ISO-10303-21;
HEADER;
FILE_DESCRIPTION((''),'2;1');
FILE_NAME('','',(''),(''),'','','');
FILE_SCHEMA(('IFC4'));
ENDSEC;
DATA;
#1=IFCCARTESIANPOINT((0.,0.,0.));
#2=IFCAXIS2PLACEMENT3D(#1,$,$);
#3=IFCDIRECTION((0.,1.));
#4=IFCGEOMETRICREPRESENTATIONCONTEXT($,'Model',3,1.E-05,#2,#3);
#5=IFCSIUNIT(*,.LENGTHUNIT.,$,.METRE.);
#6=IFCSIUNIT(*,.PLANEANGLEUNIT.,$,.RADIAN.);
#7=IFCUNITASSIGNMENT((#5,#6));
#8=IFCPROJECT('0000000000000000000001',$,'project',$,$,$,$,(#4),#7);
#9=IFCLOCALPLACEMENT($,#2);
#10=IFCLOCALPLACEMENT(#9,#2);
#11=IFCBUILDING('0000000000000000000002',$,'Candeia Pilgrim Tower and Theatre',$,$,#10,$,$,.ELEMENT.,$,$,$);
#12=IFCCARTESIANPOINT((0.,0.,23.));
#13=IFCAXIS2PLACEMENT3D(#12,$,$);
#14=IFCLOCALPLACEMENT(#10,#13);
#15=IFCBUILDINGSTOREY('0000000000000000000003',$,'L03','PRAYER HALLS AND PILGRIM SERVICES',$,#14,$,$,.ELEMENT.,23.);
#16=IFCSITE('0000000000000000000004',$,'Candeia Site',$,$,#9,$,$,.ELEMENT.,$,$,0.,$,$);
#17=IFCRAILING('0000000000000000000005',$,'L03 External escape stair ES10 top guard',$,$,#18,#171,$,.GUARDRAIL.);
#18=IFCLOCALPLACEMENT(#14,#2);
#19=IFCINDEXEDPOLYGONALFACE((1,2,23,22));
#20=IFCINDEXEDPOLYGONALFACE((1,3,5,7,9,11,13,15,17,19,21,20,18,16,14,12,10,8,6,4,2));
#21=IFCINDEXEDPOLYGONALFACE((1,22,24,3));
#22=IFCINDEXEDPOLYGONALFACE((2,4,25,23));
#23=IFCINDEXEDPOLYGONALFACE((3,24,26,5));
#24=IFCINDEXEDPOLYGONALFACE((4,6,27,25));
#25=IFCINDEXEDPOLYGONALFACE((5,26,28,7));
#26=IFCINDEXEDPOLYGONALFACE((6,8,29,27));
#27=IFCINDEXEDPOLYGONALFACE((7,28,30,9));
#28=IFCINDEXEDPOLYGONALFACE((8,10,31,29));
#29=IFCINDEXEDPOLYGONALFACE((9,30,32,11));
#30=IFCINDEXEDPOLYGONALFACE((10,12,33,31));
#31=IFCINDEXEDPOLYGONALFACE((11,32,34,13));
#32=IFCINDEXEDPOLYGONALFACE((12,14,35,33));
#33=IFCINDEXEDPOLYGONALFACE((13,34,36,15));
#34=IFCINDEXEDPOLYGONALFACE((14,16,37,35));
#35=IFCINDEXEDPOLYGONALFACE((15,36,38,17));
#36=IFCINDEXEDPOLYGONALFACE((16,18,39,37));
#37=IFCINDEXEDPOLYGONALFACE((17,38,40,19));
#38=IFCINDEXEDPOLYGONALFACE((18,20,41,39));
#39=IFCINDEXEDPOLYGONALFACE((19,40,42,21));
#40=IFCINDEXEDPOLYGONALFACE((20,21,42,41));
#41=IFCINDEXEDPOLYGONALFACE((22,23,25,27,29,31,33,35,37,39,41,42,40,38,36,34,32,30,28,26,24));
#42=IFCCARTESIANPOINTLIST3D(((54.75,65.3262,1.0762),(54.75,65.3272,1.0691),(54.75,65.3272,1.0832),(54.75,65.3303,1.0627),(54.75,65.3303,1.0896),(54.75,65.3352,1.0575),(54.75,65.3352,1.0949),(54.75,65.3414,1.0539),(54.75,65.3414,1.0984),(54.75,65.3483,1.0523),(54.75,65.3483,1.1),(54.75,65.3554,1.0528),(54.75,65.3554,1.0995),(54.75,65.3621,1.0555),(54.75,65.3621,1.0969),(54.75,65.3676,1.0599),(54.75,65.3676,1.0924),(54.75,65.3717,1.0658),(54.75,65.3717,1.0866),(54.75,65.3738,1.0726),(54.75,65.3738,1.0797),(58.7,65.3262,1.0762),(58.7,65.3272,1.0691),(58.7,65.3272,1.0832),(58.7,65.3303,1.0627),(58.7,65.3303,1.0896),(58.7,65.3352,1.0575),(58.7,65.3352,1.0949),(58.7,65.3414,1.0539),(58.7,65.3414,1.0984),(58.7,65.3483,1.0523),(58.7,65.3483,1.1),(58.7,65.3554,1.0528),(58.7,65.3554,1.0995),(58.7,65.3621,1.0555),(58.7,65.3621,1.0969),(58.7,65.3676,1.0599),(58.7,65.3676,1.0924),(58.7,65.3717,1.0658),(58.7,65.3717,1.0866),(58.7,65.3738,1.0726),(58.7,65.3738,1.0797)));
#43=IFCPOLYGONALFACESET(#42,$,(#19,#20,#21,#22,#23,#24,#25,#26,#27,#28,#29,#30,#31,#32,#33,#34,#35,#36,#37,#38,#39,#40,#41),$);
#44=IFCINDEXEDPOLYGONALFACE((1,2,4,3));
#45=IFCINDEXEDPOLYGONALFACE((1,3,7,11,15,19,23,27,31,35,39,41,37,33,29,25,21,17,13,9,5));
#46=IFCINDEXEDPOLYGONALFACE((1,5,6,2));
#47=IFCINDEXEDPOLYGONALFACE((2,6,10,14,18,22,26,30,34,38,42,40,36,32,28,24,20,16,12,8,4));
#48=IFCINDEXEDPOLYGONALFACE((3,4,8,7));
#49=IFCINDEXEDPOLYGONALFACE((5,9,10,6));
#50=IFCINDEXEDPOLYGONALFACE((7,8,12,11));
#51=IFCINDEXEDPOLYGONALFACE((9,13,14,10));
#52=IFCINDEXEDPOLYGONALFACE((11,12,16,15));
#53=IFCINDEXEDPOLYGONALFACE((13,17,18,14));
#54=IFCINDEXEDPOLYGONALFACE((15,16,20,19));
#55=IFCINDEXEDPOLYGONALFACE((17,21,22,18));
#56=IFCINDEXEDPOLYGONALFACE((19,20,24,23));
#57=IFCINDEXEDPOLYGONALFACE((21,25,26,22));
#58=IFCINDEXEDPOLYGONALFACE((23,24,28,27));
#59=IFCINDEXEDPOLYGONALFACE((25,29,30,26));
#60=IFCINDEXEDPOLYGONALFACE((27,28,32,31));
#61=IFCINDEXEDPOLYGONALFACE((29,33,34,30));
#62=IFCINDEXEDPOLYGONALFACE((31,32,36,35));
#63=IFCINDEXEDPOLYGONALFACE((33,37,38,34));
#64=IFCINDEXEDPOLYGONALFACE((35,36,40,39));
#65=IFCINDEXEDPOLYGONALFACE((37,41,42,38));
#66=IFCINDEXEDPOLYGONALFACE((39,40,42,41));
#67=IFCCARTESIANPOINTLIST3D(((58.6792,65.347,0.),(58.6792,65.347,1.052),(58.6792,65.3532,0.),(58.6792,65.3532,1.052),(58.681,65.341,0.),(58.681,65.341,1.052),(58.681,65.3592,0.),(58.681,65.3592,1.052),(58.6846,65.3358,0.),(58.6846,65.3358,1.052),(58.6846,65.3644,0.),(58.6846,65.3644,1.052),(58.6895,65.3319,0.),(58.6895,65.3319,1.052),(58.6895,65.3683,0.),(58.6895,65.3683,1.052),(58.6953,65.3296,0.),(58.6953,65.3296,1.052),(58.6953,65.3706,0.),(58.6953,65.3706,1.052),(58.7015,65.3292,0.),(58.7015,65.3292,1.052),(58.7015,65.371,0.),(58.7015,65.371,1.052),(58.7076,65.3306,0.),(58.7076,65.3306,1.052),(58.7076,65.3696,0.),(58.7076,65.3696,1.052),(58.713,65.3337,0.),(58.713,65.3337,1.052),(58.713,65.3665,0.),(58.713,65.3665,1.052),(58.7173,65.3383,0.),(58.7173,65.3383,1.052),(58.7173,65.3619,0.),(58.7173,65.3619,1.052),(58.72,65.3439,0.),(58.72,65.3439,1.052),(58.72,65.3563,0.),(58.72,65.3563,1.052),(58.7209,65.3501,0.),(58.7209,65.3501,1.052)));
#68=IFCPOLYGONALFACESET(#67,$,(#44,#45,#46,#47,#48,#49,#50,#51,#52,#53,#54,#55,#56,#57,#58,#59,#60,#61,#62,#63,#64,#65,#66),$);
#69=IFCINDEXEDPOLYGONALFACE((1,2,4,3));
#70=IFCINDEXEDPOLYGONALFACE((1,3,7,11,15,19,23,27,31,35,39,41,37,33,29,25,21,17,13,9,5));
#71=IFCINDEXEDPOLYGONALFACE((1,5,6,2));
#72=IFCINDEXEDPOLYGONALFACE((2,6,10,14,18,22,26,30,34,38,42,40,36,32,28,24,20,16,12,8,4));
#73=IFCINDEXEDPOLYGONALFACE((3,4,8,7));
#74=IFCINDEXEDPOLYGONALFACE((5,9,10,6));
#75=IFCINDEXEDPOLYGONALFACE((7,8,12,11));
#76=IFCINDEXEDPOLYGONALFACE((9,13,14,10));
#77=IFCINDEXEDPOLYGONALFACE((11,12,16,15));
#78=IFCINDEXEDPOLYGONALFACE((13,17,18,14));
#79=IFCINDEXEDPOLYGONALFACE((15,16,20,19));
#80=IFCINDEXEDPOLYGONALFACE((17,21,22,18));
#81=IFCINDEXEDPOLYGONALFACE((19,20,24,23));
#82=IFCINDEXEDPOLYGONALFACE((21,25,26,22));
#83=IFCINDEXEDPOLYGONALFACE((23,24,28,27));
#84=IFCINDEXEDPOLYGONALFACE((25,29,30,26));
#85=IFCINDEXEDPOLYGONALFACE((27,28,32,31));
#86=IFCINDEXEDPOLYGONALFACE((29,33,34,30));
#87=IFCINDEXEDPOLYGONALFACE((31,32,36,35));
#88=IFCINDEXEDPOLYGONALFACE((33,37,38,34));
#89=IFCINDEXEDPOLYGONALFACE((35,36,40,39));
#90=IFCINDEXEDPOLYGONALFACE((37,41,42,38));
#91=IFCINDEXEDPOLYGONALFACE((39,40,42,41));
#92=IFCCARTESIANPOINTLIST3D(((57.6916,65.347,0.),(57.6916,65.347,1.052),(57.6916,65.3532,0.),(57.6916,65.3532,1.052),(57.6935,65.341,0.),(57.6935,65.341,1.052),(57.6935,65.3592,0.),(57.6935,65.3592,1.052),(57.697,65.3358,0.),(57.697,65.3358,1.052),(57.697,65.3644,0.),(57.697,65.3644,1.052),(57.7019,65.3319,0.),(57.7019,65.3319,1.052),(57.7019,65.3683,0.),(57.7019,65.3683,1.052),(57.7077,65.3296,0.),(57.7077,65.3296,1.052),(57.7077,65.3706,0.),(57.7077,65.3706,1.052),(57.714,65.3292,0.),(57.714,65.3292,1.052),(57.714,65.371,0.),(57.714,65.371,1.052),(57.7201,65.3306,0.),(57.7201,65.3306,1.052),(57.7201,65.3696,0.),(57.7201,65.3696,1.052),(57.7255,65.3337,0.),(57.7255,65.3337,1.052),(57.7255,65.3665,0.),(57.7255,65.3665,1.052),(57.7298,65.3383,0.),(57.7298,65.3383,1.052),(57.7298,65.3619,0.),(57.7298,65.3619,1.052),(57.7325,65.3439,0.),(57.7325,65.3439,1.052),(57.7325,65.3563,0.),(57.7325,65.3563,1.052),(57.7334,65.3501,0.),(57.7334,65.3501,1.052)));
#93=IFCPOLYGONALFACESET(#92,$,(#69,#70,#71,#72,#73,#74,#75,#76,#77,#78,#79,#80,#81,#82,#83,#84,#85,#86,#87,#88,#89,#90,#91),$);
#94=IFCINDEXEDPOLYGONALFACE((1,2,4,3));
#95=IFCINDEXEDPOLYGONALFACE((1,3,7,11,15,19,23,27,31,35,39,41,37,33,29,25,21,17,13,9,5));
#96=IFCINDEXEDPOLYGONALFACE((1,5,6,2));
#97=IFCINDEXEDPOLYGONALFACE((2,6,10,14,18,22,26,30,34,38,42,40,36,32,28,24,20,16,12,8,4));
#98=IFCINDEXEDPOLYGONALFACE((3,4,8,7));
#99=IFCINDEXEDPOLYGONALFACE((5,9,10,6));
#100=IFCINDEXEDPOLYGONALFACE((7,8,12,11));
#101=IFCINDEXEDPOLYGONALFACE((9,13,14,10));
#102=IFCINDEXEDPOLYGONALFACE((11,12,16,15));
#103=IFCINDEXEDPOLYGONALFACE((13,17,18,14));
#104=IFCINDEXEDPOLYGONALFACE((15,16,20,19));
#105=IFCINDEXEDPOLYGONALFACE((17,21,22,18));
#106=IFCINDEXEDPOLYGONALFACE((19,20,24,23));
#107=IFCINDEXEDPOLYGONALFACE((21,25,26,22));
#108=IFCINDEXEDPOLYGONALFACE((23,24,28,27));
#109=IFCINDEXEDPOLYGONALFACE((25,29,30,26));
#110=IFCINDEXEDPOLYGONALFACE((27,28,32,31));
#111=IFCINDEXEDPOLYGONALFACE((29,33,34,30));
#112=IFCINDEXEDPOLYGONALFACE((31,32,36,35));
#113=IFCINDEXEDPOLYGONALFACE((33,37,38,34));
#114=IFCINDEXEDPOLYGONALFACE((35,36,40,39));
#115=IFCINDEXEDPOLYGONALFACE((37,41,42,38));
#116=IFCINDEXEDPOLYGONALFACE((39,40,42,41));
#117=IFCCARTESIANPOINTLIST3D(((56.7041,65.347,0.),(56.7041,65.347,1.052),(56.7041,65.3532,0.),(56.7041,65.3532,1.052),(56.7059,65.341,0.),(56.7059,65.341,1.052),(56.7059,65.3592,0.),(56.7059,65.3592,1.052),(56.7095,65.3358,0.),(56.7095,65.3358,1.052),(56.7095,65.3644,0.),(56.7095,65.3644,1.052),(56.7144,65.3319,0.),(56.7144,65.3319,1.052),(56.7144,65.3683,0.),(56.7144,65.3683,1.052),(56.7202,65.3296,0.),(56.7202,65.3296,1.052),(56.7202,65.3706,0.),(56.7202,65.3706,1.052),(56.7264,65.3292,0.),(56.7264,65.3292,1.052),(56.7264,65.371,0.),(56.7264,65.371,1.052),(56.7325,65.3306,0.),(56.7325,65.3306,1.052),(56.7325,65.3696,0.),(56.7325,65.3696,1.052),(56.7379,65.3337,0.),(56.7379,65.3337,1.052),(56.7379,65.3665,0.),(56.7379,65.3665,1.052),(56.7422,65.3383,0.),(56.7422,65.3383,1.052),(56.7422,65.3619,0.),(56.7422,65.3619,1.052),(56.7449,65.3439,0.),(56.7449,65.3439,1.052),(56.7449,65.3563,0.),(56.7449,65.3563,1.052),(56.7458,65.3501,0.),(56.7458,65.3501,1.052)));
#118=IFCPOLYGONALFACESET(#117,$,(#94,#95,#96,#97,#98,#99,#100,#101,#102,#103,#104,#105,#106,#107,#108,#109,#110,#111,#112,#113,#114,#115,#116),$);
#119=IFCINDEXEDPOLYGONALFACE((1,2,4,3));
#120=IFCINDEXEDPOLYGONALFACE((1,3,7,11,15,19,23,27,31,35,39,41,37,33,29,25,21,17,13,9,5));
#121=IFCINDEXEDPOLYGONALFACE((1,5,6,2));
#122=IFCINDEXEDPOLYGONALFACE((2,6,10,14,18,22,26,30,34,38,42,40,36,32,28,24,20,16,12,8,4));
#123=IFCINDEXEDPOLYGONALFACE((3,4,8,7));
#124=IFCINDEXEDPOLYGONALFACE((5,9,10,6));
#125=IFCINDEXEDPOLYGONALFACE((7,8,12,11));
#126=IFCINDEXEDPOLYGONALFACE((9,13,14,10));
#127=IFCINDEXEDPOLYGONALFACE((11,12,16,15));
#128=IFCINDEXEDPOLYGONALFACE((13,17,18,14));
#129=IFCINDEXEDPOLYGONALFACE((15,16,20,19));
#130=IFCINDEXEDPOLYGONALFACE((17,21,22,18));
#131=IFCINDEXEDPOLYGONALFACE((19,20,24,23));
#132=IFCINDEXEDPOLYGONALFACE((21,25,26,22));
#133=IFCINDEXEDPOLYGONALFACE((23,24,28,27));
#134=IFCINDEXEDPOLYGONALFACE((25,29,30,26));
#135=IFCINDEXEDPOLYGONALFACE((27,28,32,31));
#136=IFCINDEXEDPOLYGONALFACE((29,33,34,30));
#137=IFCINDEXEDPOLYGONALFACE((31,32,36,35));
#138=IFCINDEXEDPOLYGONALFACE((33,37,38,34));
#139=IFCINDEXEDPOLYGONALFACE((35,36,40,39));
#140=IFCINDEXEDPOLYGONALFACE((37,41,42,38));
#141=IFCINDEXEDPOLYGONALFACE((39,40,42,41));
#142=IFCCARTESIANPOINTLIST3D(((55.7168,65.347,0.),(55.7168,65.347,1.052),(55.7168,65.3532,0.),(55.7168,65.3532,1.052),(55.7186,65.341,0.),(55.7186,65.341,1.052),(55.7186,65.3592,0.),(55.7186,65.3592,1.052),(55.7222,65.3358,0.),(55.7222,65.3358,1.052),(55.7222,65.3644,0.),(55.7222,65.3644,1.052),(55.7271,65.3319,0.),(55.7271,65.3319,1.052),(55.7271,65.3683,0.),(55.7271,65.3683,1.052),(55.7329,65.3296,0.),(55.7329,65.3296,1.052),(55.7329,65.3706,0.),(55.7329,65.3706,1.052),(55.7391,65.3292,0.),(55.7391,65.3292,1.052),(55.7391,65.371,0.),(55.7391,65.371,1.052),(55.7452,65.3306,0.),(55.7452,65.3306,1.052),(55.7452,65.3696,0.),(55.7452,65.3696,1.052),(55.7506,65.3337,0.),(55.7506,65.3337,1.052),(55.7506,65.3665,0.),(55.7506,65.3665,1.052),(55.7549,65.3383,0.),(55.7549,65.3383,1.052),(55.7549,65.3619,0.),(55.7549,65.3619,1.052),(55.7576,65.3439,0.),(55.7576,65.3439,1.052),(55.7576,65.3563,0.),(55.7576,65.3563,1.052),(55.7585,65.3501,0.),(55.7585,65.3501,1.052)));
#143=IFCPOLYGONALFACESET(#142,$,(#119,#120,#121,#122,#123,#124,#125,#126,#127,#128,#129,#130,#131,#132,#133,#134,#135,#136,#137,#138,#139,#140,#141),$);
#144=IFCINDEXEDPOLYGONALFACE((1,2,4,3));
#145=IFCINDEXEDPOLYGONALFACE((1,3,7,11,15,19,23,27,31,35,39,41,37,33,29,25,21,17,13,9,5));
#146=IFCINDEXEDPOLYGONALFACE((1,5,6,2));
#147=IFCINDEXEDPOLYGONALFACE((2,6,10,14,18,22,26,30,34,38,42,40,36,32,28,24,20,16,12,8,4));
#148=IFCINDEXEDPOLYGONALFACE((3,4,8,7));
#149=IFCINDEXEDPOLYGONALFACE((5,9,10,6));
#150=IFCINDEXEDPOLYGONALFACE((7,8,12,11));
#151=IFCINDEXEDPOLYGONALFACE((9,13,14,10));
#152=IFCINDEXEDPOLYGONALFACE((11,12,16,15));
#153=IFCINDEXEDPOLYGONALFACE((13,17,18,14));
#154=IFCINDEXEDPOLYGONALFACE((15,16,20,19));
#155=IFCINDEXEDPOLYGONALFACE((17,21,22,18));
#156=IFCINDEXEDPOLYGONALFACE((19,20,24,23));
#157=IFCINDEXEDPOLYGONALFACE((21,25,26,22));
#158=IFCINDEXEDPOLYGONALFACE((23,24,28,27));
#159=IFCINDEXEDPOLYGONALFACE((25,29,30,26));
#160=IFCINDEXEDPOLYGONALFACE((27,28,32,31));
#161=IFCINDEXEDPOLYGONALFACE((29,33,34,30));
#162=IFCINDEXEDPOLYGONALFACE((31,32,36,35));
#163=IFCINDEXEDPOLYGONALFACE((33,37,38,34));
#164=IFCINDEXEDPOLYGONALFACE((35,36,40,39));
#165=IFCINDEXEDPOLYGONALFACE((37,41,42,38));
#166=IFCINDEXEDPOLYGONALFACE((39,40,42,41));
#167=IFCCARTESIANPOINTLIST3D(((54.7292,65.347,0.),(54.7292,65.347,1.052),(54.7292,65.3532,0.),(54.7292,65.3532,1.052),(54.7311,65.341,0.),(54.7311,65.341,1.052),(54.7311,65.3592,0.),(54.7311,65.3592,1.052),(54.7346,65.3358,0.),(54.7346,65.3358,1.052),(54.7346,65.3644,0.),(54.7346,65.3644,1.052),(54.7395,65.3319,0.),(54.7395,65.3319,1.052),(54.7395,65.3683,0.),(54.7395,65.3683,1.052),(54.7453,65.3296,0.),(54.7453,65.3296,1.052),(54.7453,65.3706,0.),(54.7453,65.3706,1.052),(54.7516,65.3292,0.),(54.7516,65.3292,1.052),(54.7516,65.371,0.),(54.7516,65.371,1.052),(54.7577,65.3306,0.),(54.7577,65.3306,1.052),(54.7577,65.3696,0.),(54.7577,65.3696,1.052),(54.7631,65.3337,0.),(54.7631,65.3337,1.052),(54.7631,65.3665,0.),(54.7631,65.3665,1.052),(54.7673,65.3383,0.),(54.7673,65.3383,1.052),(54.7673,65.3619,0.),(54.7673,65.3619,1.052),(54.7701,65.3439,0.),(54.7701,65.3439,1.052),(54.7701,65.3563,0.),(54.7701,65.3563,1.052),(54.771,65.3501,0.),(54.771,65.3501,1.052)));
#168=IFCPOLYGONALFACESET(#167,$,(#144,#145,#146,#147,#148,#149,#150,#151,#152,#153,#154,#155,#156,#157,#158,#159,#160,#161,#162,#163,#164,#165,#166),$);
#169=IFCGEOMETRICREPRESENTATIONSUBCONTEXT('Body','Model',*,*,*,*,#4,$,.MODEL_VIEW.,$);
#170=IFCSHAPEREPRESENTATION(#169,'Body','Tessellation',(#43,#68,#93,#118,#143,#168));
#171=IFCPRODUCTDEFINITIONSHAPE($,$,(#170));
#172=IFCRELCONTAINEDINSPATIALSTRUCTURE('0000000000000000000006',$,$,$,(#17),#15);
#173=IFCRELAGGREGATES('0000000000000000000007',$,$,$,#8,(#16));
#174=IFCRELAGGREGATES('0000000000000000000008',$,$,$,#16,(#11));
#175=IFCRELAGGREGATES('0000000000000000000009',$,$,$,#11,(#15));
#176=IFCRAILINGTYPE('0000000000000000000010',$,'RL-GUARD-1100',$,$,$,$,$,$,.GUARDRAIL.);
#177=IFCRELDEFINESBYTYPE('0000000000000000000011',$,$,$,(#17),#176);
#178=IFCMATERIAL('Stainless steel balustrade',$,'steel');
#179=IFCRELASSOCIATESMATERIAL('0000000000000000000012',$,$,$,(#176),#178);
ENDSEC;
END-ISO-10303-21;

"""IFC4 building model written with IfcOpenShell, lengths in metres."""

from ifc_helpers import new_model, si_unit, direction, frame, origin, origin_2d, place, context, subcontext, project, spatial, circle, extrude, material, type_object, element, save


model = new_model("IFC4")

# Units and contexts
model_context = context("Model", 3, precision=1e-05, world=origin(), true_north=direction((0.0, 1.0)))
body_context = subcontext(model_context, "Body", "Model", "MODEL_VIEW")
ifc_project = project(units=[si_unit("LENGTHUNIT", "METRE"), si_unit("PLANEANGLEUNIT", "RADIAN")], contexts=[model_context])

# Site, building, storey
site_placement = place(None, origin())
site = spatial("IfcSite", under=ifc_project, at=site_placement, Name="Candeia Site", CompositionType="ELEMENT", RefElevation=0.0)
building_placement = place(site_placement, origin())
building = spatial("IfcBuilding", under=site, at=building_placement, Name="Candeia Pilgrim Tower and Theatre", CompositionType="ELEMENT")
storey_placement = place(building_placement, frame((0.0, 0.0, 23.0)))
storey = spatial("IfcBuildingStorey", under=building, at=storey_placement, Name="L03", Description="PRAYER HALLS AND PILGRIM SERVICES", CompositionType="ELEMENT", Elevation=23.0)

# Railing
ifc_material_1 = material(Name="Stainless steel balustrade", Category="steel")
railing_type_1 = type_object("IfcRailingType", Name="RL-GUARD-1100", PredefinedType="GUARDRAIL", material=ifc_material_1)
railing_1_placement = place(storey_placement, frame((58.7, 65.3501, 0.0)))
element("IfcRailing", 1, at=railing_1_placement, inside=storey, type_object=railing_type_1, Name="L03 External escape stair ES10 top guard", PredefinedType="GUARDRAIL", context=body_context, shape_type="SweptSolid", body=[
    extrude(circle(Radius=0.0239, at=origin_2d()), frame((0.0, 0.0, 1.0762), z_axis=(-1.0, 0.0, 0.0), x_axis=(0.0, -1.0, 0.0)), (0.0, 0.0, 1.0), 3.95),
    extrude(circle(Radius=0.021, at=origin_2d()), origin(), (0.0, 0.0, 1.0), 1.052),
    extrude(circle(Radius=0.021, at=origin_2d()), frame((-0.9875, 0.0, 0.0)), (0.0, 0.0, 1.0), 1.052),
    extrude(circle(Radius=0.021, at=origin_2d()), frame((-1.9751, 0.0, 0.0)), (0.0, 0.0, 1.0), 1.052),
    extrude(circle(Radius=0.021, at=origin_2d()), frame((-2.9624, 0.0, 0.0)), (0.0, 0.0, 1.0), 1.052),
    extrude(circle(Radius=0.021, at=origin_2d()), frame((-3.95, 0.0, 0.0)), (0.0, 0.0, 1.0), 1.052),
])

save(model, "model.ifc")
